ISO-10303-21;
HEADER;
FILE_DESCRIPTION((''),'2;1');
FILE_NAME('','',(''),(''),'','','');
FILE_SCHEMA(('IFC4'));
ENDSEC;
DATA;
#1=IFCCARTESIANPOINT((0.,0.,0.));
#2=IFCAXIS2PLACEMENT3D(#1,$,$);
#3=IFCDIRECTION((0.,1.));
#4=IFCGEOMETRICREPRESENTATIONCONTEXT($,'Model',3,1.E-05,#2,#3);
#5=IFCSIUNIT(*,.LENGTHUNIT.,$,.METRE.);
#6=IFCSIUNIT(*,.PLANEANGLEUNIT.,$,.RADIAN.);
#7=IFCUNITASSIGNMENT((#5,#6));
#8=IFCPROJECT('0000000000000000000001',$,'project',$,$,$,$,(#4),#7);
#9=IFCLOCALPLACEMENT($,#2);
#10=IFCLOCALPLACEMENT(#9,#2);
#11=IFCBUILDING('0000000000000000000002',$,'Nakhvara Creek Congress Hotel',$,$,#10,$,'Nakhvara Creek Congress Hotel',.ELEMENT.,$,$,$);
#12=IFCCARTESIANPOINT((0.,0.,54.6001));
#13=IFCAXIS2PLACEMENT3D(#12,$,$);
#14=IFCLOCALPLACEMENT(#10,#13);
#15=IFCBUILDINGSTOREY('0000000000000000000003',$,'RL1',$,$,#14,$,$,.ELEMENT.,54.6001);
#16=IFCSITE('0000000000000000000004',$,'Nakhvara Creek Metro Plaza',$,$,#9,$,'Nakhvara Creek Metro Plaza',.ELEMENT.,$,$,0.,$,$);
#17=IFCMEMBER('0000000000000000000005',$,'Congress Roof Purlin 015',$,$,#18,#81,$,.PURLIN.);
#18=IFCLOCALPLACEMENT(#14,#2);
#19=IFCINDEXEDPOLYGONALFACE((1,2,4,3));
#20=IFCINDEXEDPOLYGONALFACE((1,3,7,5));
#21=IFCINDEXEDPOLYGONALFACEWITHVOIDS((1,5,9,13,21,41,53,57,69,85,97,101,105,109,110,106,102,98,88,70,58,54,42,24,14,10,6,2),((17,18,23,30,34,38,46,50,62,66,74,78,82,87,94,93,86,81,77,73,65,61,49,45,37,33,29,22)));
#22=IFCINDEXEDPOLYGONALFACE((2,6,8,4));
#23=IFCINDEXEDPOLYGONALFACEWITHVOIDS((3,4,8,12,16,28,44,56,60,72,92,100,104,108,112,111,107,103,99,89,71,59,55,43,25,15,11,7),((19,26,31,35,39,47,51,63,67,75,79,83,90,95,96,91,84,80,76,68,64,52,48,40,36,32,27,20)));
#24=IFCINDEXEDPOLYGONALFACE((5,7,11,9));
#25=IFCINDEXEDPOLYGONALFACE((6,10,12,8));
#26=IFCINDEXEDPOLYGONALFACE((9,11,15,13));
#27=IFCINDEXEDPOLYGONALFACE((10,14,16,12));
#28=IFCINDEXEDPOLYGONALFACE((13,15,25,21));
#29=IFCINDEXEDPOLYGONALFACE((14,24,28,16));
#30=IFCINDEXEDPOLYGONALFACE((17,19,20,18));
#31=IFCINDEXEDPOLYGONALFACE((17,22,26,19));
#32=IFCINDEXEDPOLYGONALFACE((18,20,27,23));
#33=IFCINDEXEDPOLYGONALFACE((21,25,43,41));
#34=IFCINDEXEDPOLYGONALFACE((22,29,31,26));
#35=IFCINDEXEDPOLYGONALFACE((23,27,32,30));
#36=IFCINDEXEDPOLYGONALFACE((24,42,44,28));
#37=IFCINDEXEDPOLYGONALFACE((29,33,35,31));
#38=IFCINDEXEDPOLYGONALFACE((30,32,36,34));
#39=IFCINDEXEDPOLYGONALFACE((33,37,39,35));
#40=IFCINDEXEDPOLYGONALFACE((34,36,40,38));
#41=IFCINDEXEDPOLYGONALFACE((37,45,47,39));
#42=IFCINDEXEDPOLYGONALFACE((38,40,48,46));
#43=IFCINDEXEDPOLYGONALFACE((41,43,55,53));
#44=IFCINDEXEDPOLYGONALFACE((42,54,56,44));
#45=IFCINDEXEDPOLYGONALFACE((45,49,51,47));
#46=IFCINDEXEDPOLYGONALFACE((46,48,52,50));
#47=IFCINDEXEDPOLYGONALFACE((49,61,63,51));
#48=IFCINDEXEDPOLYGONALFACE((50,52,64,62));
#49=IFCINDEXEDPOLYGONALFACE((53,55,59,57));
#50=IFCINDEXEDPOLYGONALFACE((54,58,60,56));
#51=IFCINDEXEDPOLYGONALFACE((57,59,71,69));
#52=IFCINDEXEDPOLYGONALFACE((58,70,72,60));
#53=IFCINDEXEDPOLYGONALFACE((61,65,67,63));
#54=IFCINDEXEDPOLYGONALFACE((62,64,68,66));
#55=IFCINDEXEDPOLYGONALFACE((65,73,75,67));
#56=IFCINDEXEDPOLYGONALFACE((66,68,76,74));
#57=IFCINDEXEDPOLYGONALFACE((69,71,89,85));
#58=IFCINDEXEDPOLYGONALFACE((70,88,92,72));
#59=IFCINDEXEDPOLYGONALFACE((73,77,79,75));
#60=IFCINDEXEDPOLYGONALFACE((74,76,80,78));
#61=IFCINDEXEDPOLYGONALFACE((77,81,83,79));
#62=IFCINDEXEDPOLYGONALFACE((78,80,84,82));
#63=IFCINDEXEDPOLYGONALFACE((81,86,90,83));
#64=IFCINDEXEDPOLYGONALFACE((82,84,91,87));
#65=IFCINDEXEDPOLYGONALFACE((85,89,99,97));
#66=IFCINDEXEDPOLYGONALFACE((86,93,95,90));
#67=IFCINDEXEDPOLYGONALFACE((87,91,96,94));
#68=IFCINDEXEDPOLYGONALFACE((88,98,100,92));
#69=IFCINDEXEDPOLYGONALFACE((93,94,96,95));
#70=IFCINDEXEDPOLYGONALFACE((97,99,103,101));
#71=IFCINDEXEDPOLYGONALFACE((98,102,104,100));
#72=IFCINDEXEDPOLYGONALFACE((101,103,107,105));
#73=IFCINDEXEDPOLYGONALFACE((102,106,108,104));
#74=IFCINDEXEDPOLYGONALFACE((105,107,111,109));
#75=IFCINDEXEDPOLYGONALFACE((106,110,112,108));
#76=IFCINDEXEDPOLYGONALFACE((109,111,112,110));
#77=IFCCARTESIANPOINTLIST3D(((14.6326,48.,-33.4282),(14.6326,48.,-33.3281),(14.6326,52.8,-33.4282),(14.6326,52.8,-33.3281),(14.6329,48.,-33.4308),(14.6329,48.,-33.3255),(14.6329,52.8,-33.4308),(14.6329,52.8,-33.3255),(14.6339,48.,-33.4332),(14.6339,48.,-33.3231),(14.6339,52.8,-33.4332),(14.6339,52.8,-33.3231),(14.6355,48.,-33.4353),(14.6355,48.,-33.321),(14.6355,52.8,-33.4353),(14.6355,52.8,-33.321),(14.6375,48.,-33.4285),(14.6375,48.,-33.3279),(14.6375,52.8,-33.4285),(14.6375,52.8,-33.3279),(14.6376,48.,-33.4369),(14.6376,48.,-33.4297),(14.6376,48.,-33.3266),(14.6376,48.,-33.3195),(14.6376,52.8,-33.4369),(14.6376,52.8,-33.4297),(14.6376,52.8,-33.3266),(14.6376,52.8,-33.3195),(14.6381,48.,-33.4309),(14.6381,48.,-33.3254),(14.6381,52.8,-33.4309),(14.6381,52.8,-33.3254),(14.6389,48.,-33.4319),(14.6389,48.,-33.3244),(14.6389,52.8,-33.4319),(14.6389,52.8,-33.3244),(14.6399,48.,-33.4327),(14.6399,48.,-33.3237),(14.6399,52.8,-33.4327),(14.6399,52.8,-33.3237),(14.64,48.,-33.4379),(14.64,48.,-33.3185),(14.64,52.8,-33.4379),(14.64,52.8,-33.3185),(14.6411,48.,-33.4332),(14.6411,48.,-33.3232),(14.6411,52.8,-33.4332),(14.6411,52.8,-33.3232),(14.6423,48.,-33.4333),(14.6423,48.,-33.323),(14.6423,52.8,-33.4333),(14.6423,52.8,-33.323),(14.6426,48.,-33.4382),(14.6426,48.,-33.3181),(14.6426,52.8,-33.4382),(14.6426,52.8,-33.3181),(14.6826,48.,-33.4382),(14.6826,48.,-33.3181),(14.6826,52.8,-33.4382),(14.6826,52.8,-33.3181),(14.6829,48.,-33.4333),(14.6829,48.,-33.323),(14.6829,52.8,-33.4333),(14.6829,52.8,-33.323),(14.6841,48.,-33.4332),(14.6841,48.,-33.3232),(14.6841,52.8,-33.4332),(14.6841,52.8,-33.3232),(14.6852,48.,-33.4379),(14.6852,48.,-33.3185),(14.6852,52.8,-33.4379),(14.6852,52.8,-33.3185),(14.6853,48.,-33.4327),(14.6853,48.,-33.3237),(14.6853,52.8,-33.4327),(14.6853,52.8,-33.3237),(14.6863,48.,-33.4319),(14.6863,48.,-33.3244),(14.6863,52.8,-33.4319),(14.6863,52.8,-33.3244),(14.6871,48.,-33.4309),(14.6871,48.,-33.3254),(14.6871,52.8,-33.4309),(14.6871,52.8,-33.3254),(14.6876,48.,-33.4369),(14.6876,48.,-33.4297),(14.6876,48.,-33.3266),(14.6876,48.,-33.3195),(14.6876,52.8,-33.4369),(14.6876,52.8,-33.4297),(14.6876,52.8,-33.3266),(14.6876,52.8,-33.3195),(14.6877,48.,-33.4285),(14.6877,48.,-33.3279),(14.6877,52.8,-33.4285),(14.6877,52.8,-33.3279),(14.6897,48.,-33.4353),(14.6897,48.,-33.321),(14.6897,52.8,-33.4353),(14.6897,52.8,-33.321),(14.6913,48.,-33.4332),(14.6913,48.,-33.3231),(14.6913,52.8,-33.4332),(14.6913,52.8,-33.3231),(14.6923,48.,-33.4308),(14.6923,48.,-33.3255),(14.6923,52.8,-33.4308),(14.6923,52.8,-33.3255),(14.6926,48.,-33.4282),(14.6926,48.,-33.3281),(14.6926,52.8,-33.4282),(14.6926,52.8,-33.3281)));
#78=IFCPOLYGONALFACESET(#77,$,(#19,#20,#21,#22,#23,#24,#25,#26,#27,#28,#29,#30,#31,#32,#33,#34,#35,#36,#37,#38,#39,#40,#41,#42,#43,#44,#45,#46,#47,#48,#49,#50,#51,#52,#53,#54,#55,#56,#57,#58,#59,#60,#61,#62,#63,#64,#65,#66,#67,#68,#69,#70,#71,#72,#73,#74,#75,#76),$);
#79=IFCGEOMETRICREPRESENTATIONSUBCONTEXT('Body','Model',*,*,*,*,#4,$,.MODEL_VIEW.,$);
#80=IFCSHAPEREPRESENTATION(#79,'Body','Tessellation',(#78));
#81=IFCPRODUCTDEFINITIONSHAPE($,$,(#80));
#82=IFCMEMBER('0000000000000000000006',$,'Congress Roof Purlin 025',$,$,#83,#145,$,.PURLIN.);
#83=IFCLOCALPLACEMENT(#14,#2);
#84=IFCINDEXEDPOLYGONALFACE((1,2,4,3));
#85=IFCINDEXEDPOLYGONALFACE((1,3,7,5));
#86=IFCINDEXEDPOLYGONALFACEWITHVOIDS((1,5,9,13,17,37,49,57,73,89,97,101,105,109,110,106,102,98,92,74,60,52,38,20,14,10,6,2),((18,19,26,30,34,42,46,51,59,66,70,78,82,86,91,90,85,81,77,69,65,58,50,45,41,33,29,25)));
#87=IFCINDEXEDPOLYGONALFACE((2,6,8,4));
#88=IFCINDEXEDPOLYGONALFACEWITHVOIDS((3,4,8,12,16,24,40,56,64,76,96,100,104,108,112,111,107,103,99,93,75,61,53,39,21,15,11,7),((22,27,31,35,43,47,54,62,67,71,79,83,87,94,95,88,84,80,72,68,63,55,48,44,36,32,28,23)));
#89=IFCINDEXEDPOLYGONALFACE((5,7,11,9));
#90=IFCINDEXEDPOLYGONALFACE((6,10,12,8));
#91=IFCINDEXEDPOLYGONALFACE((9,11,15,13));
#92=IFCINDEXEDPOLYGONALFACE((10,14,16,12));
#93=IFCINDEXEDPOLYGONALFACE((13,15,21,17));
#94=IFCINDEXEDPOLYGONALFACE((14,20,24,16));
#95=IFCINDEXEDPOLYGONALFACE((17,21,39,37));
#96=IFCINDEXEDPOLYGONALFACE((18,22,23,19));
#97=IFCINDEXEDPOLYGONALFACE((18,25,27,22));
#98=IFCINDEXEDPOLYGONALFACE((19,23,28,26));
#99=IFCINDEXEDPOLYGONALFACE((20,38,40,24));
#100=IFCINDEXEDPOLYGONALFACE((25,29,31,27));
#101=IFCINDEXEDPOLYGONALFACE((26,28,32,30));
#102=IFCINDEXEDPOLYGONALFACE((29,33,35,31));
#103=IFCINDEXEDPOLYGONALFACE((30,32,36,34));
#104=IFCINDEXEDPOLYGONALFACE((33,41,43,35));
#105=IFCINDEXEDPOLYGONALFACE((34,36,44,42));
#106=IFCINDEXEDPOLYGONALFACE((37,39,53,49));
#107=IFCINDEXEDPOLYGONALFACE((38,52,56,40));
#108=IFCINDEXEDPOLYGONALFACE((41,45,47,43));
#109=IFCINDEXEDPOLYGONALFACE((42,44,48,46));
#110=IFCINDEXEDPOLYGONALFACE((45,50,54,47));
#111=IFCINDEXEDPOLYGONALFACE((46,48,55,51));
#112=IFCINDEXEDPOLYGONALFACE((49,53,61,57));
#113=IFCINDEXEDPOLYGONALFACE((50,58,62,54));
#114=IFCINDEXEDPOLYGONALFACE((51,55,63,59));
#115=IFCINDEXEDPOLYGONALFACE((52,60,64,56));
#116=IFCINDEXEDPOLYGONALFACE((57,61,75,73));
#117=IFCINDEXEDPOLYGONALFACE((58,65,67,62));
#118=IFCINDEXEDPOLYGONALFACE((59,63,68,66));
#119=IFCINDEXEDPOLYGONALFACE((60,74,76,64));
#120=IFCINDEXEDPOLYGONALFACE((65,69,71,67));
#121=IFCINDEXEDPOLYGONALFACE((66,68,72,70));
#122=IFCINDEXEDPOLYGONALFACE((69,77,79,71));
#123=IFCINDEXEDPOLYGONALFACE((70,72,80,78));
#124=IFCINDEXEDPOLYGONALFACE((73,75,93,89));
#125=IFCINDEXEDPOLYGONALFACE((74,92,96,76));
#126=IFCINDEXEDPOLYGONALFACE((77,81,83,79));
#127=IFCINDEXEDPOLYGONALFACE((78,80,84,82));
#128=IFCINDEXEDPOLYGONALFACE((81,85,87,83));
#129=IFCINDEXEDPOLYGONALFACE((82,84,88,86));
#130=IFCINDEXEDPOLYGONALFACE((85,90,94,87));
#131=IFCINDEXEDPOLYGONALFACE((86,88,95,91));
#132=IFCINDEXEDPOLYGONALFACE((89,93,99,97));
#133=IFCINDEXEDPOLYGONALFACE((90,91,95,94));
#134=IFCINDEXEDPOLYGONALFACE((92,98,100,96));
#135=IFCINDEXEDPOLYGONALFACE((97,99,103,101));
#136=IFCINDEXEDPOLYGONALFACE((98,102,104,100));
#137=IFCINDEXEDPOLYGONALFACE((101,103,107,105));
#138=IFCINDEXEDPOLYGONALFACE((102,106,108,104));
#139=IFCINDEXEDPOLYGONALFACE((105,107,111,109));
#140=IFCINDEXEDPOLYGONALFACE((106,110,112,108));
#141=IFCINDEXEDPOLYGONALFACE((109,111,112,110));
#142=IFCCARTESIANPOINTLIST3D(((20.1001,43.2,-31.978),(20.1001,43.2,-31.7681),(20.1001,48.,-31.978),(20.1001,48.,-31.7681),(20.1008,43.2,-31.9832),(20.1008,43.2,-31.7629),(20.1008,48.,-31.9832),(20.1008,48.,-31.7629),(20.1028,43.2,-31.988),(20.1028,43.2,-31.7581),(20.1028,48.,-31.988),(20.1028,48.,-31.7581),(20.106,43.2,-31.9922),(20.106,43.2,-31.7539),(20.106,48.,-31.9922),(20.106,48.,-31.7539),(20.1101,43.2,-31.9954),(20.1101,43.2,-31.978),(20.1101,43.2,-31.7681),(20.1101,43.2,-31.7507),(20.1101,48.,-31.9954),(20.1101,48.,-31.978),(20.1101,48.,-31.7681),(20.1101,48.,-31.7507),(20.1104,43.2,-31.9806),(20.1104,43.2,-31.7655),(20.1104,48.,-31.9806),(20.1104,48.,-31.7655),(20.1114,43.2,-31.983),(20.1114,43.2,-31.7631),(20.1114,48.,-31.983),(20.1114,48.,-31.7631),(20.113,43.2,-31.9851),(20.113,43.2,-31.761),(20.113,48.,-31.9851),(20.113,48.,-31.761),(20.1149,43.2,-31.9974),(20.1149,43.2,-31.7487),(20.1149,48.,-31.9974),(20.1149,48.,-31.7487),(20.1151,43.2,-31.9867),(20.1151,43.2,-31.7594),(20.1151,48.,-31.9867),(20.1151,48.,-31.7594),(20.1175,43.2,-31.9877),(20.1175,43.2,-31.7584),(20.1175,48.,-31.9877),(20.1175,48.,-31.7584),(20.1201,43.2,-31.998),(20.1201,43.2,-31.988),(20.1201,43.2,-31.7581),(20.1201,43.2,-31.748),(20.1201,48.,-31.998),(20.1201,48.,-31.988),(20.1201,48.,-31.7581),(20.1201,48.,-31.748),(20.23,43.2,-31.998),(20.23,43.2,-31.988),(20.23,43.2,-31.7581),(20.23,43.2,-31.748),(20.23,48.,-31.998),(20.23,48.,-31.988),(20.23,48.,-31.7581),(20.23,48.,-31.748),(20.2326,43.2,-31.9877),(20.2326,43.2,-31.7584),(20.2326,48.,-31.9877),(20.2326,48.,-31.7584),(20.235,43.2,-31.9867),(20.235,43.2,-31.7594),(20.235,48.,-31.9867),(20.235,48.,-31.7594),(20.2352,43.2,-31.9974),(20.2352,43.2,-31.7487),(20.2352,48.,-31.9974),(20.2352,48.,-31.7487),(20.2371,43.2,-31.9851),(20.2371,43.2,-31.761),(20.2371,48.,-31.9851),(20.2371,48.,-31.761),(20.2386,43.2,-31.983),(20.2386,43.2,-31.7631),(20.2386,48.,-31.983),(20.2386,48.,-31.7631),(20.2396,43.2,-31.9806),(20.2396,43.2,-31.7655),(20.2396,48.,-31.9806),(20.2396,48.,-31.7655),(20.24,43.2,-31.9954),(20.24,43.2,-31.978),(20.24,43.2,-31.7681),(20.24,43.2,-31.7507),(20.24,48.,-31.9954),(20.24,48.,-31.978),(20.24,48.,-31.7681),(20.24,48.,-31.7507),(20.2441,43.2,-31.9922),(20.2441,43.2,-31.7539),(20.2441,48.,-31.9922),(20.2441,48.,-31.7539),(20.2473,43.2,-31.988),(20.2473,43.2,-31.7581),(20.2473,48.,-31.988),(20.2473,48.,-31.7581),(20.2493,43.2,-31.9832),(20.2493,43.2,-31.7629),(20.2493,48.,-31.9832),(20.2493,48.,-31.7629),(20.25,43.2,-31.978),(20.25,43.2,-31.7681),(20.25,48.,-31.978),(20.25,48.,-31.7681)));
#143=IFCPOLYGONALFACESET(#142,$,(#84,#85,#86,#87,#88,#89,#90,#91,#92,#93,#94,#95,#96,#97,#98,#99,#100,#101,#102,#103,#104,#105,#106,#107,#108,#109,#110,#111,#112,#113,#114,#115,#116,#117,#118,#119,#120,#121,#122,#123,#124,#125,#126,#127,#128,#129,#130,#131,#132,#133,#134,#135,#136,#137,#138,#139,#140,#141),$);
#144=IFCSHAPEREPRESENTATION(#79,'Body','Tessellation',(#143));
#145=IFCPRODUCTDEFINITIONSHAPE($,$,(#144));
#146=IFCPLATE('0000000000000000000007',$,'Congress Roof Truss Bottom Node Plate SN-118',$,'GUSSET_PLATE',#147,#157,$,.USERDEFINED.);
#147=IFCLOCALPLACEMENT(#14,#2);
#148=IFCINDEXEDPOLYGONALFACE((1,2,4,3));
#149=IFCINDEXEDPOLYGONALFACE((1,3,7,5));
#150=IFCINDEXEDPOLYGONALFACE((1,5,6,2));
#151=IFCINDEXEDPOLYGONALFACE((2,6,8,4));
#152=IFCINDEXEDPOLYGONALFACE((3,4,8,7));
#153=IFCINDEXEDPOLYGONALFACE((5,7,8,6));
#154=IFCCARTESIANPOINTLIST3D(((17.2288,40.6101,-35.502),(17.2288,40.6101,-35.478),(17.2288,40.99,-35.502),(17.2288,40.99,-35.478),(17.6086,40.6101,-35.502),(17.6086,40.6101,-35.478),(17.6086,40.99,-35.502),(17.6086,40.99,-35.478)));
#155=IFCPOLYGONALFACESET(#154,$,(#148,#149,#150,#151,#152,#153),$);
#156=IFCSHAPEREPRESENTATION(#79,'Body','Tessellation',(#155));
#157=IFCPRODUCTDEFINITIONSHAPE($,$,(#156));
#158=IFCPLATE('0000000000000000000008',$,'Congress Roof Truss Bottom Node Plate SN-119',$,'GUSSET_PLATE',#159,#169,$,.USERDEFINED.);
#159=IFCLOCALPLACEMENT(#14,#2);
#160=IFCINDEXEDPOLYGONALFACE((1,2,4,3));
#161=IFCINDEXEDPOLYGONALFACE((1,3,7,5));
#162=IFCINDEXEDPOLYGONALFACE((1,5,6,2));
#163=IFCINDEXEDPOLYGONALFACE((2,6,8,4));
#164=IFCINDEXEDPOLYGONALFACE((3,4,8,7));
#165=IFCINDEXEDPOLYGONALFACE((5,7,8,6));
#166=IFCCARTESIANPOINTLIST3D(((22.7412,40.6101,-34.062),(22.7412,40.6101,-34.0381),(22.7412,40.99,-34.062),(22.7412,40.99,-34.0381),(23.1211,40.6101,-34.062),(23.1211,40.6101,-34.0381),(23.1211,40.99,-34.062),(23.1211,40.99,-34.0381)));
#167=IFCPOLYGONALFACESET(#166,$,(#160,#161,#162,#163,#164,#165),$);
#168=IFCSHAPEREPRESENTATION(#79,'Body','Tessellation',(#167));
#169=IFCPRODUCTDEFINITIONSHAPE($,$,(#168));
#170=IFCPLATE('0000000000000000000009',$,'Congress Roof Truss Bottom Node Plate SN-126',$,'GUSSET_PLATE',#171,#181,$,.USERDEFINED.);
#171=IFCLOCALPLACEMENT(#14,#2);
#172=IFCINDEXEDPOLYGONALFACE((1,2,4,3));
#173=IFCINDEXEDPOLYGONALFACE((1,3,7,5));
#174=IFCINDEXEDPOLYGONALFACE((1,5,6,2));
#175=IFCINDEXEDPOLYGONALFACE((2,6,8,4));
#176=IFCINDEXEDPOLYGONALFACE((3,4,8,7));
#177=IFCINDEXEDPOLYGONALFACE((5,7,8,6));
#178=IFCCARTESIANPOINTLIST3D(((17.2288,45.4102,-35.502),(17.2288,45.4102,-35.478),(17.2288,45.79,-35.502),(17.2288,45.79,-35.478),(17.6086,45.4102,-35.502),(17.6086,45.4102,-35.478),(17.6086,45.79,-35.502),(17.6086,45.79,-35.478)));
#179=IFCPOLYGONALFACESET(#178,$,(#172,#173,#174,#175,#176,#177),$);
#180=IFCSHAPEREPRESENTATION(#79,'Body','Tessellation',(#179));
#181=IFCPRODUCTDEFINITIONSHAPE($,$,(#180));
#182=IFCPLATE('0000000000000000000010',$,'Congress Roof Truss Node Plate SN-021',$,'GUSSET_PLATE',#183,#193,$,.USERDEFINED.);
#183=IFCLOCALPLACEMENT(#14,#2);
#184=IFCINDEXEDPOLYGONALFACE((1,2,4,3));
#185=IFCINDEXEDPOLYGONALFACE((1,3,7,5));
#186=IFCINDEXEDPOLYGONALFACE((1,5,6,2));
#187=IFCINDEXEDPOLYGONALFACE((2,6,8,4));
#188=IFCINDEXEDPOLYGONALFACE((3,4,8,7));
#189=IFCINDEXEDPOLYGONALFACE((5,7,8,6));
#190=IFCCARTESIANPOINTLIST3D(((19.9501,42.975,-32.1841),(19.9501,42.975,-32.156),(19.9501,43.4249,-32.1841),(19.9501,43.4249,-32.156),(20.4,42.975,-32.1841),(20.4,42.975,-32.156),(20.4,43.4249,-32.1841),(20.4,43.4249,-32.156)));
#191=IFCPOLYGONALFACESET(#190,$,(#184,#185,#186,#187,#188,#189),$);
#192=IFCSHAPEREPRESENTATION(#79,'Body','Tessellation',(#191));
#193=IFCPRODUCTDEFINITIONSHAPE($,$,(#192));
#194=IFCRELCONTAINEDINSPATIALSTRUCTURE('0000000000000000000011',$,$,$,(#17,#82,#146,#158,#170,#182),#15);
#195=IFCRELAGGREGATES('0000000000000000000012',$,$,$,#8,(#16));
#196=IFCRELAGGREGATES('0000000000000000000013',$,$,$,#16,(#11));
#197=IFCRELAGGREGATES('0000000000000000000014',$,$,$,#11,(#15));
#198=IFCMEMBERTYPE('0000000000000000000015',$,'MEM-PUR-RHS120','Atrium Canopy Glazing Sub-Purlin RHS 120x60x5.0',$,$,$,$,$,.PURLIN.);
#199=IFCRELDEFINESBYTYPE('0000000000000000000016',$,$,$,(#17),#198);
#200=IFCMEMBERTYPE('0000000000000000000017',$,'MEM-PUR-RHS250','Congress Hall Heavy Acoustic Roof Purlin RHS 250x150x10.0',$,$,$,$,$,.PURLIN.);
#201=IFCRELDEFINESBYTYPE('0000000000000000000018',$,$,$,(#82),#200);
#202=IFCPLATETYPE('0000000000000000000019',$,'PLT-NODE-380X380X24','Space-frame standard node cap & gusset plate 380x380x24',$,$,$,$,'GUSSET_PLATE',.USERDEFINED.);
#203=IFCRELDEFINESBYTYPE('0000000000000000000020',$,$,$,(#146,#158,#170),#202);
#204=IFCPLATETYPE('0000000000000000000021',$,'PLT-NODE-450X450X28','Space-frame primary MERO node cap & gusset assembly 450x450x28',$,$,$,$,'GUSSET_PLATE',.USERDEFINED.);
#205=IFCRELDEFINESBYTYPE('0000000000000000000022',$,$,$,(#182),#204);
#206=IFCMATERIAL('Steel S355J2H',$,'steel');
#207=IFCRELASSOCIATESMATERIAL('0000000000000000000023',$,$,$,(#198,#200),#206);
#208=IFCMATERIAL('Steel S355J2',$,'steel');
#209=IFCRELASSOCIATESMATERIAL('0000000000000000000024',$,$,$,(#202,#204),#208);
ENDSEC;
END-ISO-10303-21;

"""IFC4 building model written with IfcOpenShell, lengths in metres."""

from ifc_helpers import new_model, si_unit, direction, frame, origin, origin_2d, place, context, subcontext, project, spatial, rectangle, hollow_rectangle, extrude, material, material_profile, profile_set, type_object, element, save


model = new_model("IFC4")

# Units and contexts
model_context = context("Model", 3, precision=1e-05, world=origin(), true_north=direction((0.0, 1.0)))
body_context = subcontext(model_context, "Body", "Model", "MODEL_VIEW")
ifc_project = project(units=[si_unit("LENGTHUNIT", "METRE"), si_unit("PLANEANGLEUNIT", "RADIAN")], contexts=[model_context])

# Site, building, storey
site_placement = place(None, origin())
site = spatial("IfcSite", under=ifc_project, at=site_placement, Name="Nakhvara Creek Metro Plaza", LongName="Nakhvara Creek Metro Plaza", CompositionType="ELEMENT", RefElevation=0.0)
building_placement = place(site_placement, origin())
building = spatial("IfcBuilding", under=site, at=building_placement, Name="Nakhvara Creek Congress Hotel", LongName="Nakhvara Creek Congress Hotel", CompositionType="ELEMENT")
storey_placement = place(building_placement, frame((0.0, 0.0, 54.6001)))
storey = spatial("IfcBuildingStorey", under=building, at=storey_placement, Name="RL1", CompositionType="ELEMENT", Elevation=54.6001)

# Members
ifc_material_1 = material(Name="Steel S355J2H", Category="steel")
ifc_material_profile_1 = material_profile(ifc_material_1, hollow_rectangle(XDim=0.0601, YDim=0.1201, WallThickness=0.0049, InnerFilletRadius=0.0049, OuterFilletRadius=0.01, at=origin_2d()), Name="RHS 120x60x5.0", Category="LoadBearing")
ifc_profile_set_1 = profile_set([ifc_material_profile_1], Name="Steel S355J2H")
member_type_1 = type_object("IfcMemberType", Name="MEM-PUR-RHS120", Description="Atrium Canopy Glazing Sub-Purlin RHS 120x60x5.0", PredefinedType="PURLIN", material=ifc_profile_set_1)
for number, where, z_axis, x_axis, name in (
    (1, (14.6626, 48.0, -33.3782), (0.0, 1.0, 0.0), (-1.0, 0.0, 0.0), "Congress Roof Purlin 015"),
):
    element("IfcMember", number, at=place(storey_placement, frame(where, z_axis=z_axis, x_axis=x_axis)), inside=storey, type_object=member_type_1, Name=name, PredefinedType="PURLIN", context=body_context, shape_type="SweptSolid", body=[
        extrude(hollow_rectangle(XDim=0.0601, YDim=0.1201, WallThickness=0.0049, InnerFilletRadius=0.0049, OuterFilletRadius=0.01, at=origin_2d()), origin(), (0.0, 0.0, 1.0), 4.8),
    ])
ifc_material_profile_2 = material_profile(ifc_material_1, hollow_rectangle(XDim=0.1499, YDim=0.25, WallThickness=0.01, InnerFilletRadius=0.01, OuterFilletRadius=0.02, at=origin_2d()), Name="RHS 250x150x10.0", Category="LoadBearing")
ifc_profile_set_2 = profile_set([ifc_material_profile_2], Name="Steel S355J2H")
member_type_2 = type_object("IfcMemberType", Name="MEM-PUR-RHS250", Description="Congress Hall Heavy Acoustic Roof Purlin RHS 250x150x10.0", PredefinedType="PURLIN", material=ifc_profile_set_2)
member_1_placement = place(storey_placement, frame((20.175, 43.2, -31.873), z_axis=(0.0, 1.0, 0.0), x_axis=(-1.0, 0.0, 0.0)))
element("IfcMember", 2, at=member_1_placement, inside=storey, type_object=member_type_2, Name="Congress Roof Purlin 025", PredefinedType="PURLIN", context=body_context, shape_type="SweptSolid", body=[
    extrude(hollow_rectangle(XDim=0.1499, YDim=0.25, WallThickness=0.01, InnerFilletRadius=0.01, OuterFilletRadius=0.02, at=origin_2d()), origin(), (0.0, 0.0, 1.0), 4.8),
])

# Plates
ifc_material_2 = material(Name="Steel S355J2", Category="steel")
plate_type_1 = type_object("IfcPlateType", Name="PLT-NODE-380X380X24", Description="Space-frame standard node cap & gusset plate 380x380x24", ElementType="GUSSET_PLATE", PredefinedType="USERDEFINED", material=ifc_material_2)
for number, where, z_axis, x_axis, name in (
    (3, (17.4187, 40.8, -35.502), (0.0, 0.0, 1.0), (1.0, 0.0, 0.0), "Congress Roof Truss Bottom Node Plate SN-118"),
    (4, (22.9312, 40.8, -34.062), (0.0, 0.0, 1.0), (1.0, 0.0, 0.0), "Congress Roof Truss Bottom Node Plate SN-119"),
    (5, (17.4187, 45.6001, -35.502), (0.0, 0.0, 1.0), (1.0, 0.0, 0.0), "Congress Roof Truss Bottom Node Plate SN-126"),
):
    element("IfcPlate", number, at=place(storey_placement, frame(where, z_axis=z_axis, x_axis=x_axis)), inside=storey, type_object=plate_type_1, Name=name, ObjectType="GUSSET_PLATE", PredefinedType="USERDEFINED", context=body_context, shape_type="SweptSolid", body=[
        extrude(rectangle(XDim=0.3799, YDim=0.3799, at=origin_2d()), origin(), (0.0, 0.0, 1.0), 0.0239),
    ])
plate_type_2 = type_object("IfcPlateType", Name="PLT-NODE-450X450X28", Description="Space-frame primary MERO node cap & gusset assembly 450x450x28", ElementType="GUSSET_PLATE", PredefinedType="USERDEFINED", material=ifc_material_2)
for number, where, z_axis, x_axis, name in (
    (6, (20.175, 43.2, -32.1841), (0.0, 0.0, 1.0), (1.0, 0.0, 0.0), "Congress Roof Truss Node Plate SN-021"),
):
    element("IfcPlate", number, at=place(storey_placement, frame(where, z_axis=z_axis, x_axis=x_axis)), inside=storey, type_object=plate_type_2, Name=name, ObjectType="GUSSET_PLATE", PredefinedType="USERDEFINED", context=body_context, shape_type="SweptSolid", body=[
        extrude(rectangle(XDim=0.45, YDim=0.45, at=origin_2d()), origin(), (0.0, 0.0, 1.0), 0.0281),
    ])

save(model, "model.ifc")
